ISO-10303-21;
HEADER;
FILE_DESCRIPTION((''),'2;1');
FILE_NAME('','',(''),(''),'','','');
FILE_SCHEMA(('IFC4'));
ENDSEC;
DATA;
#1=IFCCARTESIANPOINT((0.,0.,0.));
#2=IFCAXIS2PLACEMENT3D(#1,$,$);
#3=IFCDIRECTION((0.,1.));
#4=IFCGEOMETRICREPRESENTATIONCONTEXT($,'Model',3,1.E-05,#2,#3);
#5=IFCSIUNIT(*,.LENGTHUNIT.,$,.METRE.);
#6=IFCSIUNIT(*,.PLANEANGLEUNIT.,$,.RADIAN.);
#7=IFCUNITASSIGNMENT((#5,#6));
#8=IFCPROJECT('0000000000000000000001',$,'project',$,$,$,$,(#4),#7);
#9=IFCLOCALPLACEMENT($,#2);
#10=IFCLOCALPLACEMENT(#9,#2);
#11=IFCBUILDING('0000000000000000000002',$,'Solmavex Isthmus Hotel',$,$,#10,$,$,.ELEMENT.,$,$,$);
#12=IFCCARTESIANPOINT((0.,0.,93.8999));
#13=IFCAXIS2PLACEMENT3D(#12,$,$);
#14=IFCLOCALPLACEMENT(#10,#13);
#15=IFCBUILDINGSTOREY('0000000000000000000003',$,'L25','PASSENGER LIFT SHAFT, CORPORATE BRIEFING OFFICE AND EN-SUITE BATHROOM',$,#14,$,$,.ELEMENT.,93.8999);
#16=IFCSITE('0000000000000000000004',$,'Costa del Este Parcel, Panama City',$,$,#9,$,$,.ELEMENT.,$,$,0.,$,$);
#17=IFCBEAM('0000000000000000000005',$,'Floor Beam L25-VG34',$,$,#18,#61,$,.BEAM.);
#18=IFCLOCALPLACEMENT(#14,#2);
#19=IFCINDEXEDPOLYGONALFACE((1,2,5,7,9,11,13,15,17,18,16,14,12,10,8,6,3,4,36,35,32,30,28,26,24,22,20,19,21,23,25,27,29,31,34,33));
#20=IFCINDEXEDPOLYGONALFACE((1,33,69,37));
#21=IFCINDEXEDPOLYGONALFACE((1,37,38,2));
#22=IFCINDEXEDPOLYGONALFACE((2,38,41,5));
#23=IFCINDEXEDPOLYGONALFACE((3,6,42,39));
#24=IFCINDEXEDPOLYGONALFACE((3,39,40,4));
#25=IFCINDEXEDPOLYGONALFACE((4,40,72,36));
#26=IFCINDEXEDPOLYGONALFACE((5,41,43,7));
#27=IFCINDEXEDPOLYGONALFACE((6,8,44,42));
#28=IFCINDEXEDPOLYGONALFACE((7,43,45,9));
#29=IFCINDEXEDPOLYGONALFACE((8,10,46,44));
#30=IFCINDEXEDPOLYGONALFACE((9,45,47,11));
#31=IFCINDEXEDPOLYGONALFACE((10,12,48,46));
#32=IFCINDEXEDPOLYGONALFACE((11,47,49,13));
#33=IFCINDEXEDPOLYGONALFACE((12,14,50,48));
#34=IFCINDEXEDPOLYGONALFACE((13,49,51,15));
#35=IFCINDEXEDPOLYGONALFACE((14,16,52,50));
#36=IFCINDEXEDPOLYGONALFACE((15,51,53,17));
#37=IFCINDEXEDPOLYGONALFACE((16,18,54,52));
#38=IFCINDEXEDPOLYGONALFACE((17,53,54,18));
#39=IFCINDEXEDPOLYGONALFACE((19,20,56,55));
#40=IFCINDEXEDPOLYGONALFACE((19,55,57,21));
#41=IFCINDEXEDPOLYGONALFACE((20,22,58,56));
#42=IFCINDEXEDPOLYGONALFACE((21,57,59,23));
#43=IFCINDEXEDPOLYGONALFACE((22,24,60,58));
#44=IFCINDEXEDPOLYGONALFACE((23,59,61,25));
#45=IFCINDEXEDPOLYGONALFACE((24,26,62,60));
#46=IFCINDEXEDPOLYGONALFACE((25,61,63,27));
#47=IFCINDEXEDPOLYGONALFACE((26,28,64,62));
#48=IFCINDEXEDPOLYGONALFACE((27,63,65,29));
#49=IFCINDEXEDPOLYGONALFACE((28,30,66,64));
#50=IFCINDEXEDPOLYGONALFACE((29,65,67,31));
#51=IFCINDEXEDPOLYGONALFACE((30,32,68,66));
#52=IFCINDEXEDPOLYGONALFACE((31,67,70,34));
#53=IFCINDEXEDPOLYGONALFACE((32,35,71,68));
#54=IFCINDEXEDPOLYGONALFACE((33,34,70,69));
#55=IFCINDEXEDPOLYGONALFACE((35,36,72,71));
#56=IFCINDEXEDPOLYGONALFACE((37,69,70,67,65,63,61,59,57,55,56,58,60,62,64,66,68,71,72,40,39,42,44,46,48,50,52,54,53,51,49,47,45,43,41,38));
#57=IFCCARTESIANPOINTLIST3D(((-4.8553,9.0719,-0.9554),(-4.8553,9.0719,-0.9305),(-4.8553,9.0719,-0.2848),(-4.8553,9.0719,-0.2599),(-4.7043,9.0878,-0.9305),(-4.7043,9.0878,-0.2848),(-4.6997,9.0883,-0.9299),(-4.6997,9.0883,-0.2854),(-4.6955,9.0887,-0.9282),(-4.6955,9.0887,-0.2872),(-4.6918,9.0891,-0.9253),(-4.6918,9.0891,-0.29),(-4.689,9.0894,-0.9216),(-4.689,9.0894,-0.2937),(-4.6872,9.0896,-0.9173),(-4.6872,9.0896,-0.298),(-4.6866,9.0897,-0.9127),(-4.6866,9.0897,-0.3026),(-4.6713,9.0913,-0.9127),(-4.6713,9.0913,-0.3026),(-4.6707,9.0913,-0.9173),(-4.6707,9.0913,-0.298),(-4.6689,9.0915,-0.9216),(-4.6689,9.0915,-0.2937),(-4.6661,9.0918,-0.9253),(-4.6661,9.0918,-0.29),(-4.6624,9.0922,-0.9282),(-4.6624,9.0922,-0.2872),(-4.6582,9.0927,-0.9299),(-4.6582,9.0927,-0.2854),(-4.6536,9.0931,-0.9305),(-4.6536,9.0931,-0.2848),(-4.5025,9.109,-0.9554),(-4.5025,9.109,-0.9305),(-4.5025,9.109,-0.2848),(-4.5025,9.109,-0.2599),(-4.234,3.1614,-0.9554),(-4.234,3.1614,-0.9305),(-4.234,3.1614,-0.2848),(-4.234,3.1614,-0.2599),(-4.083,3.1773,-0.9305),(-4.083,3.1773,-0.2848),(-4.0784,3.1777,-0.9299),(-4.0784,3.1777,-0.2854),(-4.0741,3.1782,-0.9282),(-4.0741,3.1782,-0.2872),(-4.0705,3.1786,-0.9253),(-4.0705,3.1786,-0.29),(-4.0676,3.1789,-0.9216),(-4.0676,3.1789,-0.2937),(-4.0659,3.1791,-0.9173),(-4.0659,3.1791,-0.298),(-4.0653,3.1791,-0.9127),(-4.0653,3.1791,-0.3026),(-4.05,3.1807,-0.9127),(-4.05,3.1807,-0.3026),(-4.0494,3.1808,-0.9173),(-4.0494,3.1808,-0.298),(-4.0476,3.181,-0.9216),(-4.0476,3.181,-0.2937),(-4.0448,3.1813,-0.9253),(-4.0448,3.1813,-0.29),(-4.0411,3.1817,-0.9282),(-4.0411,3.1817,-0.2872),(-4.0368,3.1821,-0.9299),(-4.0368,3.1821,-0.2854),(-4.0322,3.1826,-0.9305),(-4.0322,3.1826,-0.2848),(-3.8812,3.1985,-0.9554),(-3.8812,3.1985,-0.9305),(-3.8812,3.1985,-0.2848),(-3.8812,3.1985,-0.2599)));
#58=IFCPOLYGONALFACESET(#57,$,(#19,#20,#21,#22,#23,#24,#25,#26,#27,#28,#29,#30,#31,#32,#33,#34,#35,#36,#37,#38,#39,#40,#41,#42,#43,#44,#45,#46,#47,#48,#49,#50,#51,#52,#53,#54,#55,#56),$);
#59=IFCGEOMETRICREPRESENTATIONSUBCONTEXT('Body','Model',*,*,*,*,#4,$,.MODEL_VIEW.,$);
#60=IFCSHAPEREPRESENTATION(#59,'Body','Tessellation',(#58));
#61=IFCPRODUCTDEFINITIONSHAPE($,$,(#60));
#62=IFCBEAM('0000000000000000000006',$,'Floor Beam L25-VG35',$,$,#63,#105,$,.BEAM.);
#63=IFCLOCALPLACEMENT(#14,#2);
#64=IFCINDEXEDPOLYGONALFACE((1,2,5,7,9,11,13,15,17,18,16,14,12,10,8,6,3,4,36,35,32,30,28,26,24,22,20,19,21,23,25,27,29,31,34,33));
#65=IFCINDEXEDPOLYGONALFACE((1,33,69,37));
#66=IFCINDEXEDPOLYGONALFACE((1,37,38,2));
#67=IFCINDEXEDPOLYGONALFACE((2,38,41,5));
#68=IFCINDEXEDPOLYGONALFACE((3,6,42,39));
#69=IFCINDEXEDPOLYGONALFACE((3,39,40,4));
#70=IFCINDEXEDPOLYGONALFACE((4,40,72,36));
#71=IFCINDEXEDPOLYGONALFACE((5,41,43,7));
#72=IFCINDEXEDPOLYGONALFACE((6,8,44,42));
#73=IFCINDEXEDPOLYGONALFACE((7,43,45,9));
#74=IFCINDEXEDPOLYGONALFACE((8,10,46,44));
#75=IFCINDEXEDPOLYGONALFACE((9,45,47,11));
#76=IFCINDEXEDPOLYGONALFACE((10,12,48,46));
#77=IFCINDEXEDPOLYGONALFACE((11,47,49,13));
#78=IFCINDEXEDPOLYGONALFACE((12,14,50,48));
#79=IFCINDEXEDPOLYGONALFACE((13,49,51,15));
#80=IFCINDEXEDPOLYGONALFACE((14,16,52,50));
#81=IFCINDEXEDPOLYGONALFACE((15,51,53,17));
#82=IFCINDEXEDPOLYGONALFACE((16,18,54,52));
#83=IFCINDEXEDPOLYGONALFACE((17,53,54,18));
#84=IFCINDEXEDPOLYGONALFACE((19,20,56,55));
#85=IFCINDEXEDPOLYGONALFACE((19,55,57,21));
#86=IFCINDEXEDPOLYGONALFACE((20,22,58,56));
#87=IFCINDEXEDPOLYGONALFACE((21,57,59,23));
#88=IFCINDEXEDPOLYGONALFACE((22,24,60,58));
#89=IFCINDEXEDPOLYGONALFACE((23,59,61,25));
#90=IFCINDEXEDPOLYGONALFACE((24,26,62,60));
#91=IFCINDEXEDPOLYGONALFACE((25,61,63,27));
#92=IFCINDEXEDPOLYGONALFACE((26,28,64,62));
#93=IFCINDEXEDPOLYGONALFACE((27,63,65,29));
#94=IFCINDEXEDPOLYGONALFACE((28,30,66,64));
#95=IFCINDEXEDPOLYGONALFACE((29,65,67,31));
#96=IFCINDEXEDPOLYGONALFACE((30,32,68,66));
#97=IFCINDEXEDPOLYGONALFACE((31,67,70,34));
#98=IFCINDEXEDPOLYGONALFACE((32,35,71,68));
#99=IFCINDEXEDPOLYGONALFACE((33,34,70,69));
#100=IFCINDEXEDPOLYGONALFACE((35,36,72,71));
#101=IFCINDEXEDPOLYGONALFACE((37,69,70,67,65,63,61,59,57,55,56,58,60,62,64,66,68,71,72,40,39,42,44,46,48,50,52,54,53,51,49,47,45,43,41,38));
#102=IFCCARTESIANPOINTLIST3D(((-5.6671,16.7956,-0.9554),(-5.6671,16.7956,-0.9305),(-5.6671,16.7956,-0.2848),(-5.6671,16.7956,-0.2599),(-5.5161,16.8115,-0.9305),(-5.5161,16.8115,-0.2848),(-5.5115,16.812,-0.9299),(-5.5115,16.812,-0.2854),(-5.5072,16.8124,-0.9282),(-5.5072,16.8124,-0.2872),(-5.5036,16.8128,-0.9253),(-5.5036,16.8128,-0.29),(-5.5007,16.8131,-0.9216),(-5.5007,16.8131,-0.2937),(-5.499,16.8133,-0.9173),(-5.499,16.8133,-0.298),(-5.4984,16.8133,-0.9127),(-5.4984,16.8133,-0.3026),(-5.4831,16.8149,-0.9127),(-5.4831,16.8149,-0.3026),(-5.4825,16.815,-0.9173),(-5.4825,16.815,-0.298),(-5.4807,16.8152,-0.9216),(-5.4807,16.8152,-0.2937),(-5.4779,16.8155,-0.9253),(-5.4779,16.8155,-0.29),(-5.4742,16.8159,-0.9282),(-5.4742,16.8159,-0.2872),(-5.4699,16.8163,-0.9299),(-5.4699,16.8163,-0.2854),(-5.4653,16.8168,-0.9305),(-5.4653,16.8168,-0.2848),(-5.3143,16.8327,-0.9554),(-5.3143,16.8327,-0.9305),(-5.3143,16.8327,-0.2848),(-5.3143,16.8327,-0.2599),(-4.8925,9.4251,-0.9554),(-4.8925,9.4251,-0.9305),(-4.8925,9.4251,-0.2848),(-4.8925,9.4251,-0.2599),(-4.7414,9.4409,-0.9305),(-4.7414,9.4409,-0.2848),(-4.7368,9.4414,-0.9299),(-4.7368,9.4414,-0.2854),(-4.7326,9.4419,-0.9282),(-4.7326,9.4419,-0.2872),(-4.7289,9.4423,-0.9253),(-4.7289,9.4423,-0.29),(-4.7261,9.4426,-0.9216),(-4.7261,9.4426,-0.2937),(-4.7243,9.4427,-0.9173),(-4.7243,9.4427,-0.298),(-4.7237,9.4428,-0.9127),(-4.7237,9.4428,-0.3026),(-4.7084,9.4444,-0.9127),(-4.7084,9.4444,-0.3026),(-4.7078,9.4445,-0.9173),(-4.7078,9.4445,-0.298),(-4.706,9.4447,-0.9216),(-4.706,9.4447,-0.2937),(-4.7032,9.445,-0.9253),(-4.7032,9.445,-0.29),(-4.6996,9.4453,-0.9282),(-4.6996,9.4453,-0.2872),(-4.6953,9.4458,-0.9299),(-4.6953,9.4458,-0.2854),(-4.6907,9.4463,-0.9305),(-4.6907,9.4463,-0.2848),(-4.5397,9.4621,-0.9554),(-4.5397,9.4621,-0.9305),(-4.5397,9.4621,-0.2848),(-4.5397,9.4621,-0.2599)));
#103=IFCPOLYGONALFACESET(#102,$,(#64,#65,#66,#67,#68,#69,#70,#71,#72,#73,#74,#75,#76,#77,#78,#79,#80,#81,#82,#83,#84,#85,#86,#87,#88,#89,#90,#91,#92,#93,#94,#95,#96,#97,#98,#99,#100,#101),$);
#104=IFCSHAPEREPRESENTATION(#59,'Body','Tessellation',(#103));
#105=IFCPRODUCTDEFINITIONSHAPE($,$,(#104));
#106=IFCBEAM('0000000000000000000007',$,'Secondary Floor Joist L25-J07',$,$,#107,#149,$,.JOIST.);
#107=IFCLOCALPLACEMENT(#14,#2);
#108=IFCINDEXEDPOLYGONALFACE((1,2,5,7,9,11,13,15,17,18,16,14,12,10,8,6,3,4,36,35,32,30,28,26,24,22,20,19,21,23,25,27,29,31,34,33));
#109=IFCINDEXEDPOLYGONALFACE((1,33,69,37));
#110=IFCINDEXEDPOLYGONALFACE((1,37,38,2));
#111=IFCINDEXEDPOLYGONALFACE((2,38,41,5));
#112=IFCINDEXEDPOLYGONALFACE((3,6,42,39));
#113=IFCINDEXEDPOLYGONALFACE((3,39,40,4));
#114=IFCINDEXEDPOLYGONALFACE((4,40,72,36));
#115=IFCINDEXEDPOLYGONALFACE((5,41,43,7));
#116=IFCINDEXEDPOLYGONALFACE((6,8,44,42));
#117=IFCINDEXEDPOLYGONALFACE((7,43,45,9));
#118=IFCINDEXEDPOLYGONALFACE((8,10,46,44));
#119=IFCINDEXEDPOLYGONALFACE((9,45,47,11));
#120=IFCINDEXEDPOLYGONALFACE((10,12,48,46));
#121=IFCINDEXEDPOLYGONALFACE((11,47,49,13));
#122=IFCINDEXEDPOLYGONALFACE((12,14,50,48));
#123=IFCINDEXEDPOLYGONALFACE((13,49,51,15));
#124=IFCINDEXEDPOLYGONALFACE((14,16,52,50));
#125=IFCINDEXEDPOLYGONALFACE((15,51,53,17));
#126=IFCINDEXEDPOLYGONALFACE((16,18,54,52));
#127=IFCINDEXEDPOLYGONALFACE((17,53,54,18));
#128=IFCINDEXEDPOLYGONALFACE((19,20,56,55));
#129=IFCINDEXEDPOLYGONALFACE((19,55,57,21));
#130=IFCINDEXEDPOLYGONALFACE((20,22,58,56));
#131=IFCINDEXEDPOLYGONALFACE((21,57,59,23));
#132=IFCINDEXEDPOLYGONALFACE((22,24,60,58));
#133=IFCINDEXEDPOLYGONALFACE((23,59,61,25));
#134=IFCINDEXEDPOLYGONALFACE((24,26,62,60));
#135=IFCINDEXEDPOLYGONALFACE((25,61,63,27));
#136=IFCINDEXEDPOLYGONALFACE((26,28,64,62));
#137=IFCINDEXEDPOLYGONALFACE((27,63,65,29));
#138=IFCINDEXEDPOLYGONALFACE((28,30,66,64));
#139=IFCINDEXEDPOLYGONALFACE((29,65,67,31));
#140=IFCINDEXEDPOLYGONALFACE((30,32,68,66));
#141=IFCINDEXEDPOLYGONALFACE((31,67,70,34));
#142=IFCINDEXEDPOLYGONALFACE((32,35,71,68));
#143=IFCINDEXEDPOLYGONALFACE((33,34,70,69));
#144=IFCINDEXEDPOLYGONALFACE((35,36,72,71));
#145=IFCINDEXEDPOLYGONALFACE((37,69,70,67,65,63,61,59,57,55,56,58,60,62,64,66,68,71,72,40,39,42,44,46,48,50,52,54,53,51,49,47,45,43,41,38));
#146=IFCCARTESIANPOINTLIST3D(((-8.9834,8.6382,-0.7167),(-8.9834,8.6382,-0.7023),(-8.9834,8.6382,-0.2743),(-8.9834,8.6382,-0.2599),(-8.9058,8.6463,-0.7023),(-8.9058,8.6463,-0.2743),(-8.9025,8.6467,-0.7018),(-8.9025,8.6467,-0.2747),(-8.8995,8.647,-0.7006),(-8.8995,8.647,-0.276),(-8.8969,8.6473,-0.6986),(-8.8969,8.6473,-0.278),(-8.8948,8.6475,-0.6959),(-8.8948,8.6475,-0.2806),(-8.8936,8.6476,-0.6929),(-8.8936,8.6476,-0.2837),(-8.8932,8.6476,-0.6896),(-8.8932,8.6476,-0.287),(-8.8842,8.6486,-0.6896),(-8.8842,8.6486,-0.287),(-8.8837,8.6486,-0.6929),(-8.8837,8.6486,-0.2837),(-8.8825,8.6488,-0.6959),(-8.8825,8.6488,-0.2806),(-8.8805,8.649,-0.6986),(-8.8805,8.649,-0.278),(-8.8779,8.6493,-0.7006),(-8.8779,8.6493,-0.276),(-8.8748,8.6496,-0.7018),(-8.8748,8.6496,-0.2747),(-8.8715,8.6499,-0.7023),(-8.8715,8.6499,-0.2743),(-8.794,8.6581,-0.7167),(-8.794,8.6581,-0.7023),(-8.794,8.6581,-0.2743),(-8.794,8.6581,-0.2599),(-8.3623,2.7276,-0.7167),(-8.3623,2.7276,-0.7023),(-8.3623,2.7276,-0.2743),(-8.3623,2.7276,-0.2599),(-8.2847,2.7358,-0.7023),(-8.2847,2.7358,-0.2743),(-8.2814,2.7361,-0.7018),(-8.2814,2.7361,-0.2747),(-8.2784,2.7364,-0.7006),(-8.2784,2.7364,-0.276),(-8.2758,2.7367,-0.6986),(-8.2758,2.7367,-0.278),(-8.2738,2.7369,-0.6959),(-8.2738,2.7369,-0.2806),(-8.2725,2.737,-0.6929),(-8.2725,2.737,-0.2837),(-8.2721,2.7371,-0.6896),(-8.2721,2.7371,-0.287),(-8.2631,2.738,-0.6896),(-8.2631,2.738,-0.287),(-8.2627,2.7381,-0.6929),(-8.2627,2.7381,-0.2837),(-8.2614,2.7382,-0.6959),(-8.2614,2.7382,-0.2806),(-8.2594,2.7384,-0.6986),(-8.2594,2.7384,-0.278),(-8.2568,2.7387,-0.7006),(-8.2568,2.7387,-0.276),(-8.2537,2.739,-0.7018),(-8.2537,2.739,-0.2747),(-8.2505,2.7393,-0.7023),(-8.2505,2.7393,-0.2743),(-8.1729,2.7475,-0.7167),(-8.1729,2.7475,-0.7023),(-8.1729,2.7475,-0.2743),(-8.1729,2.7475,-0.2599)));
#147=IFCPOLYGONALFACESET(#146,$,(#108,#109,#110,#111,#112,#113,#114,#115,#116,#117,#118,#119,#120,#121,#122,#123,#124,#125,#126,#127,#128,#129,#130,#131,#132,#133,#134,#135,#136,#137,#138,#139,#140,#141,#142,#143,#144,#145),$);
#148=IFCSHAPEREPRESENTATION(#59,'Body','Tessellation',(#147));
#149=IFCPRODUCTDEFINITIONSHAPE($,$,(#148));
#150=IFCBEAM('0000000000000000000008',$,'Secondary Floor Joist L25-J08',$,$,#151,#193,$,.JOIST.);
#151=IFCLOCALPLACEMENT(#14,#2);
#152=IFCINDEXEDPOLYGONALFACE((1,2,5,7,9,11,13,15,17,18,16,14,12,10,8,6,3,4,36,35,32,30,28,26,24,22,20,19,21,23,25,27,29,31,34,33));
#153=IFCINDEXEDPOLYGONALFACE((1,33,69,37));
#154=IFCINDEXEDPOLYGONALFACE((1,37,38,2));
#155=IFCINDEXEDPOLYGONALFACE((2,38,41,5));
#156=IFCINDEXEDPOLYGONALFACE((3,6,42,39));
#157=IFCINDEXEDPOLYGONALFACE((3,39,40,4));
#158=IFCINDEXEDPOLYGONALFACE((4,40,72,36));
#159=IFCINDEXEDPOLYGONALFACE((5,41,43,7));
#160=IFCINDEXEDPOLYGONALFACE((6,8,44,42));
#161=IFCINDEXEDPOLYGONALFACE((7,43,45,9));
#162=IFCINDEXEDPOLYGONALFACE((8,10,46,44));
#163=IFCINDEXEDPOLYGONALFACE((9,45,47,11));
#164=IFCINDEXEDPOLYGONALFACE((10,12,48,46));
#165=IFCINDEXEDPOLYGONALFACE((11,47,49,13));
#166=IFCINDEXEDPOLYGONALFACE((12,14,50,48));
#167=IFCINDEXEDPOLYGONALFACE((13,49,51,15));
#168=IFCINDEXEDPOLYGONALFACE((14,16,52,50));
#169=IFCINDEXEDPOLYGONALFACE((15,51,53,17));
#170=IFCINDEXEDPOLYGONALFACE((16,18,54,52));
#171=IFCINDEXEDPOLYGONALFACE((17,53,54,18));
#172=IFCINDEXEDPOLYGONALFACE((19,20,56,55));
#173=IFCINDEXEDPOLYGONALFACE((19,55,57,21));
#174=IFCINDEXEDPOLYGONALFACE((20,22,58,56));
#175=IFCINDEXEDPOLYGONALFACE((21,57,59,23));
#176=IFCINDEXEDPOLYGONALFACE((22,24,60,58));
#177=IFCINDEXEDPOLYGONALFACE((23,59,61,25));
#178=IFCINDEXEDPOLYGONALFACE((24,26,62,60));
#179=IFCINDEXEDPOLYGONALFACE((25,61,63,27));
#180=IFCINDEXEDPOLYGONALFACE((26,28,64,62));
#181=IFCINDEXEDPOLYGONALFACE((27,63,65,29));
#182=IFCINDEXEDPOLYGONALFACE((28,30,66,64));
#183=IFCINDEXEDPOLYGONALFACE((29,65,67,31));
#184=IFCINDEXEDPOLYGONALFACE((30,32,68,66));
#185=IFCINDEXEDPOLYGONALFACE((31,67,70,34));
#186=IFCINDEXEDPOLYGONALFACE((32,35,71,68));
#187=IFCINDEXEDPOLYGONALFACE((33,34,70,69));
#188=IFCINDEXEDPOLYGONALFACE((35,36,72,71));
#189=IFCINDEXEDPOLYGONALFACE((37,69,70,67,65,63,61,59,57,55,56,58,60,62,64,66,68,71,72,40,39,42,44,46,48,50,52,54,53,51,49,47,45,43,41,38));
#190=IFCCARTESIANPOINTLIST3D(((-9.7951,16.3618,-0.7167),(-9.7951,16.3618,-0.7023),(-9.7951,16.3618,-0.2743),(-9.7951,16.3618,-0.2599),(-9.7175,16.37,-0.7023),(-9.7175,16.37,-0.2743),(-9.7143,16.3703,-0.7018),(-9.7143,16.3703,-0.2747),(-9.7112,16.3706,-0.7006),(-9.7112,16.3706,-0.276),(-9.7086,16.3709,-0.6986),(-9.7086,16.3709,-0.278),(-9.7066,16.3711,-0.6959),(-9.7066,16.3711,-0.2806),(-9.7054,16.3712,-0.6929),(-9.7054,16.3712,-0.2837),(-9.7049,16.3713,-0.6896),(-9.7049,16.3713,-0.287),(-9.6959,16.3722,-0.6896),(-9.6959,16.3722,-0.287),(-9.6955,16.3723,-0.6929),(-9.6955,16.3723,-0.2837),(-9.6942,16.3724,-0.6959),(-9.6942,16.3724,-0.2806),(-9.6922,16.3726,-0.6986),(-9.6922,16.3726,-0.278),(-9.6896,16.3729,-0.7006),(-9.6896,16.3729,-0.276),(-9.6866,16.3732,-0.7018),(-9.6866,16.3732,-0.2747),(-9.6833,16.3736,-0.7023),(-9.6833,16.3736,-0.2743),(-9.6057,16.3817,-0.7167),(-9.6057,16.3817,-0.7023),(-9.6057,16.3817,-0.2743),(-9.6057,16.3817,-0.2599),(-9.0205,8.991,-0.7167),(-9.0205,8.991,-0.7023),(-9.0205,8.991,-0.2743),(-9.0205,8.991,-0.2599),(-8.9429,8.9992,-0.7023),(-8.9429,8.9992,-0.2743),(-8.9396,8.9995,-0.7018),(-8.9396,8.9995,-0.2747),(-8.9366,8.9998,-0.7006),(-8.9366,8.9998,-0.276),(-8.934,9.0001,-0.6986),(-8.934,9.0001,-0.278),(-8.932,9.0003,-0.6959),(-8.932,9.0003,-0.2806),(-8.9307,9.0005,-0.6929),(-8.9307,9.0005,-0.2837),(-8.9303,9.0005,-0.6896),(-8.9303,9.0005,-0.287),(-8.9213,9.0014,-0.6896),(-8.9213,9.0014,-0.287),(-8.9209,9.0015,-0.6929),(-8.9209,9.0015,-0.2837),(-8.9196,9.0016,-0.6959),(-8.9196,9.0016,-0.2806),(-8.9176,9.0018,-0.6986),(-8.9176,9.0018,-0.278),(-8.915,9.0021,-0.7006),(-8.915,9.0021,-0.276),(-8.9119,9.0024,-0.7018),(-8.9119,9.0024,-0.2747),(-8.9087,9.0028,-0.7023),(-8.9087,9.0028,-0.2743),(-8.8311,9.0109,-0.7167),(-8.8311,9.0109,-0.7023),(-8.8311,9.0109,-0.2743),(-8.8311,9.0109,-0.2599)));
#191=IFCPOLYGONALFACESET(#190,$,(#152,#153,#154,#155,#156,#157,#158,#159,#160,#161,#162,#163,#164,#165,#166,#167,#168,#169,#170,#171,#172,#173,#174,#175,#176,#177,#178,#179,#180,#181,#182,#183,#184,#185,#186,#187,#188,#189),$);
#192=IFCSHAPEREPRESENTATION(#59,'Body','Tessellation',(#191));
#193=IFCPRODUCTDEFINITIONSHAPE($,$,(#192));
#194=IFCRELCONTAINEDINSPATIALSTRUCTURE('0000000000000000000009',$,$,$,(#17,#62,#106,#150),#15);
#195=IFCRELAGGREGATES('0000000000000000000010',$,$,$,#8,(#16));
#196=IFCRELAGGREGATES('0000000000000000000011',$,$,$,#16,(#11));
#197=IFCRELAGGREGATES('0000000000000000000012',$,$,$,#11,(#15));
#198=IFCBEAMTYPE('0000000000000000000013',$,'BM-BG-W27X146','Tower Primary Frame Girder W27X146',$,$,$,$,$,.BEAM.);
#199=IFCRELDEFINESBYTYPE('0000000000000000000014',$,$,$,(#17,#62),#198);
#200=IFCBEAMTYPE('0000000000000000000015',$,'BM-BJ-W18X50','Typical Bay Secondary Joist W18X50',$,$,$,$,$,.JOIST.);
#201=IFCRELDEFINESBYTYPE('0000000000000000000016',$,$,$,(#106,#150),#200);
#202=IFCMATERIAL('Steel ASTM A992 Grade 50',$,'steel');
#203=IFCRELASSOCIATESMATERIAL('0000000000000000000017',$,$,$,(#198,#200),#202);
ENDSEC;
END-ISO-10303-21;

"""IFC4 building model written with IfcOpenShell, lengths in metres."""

from ifc_helpers import new_model, si_unit, direction, frame, origin, origin_2d, place, context, subcontext, project, spatial, i_section, extrude, material, material_profile, profile_set, type_object, element, save


model = new_model("IFC4")

# Units and contexts
model_context = context("Model", 3, precision=1e-05, world=origin(), true_north=direction((0.0, 1.0)))
body_context = subcontext(model_context, "Body", "Model", "MODEL_VIEW")
ifc_project = project(units=[si_unit("LENGTHUNIT", "METRE"), si_unit("PLANEANGLEUNIT", "RADIAN")], contexts=[model_context])

# Site, building, storey
site_placement = place(None, origin())
site = spatial("IfcSite", under=ifc_project, at=site_placement, Name="Costa del Este Parcel, Panama City", CompositionType="ELEMENT", RefElevation=0.0)
building_placement = place(site_placement, origin())
building = spatial("IfcBuilding", under=site, at=building_placement, Name="Solmavex Isthmus Hotel", CompositionType="ELEMENT")
storey_placement = place(building_placement, frame((0.0, 0.0, 93.8999)))
storey = spatial("IfcBuildingStorey", under=building, at=storey_placement, Name="L25", Description="PASSENGER LIFT SHAFT, CORPORATE BRIEFING OFFICE AND EN-SUITE BATHROOM", CompositionType="ELEMENT", Elevation=93.8999)

# Beams
ifc_material_1 = material(Name="Steel ASTM A992 Grade 50", Category="steel")
ifc_material_profile_1 = material_profile(ifc_material_1, i_section(OverallWidth=0.3547, OverallDepth=0.6956, WebThickness=0.0154, FlangeThickness=0.0249, FilletRadius=0.0178, at=origin_2d()), Name="W27X146")
ifc_profile_set_1 = profile_set([ifc_material_profile_1], Name="Steel ASTM A992 Grade 50")
beam_type_1 = type_object("IfcBeamType", Name="BM-BG-W27X146", Description="Tower Primary Frame Girder W27X146", PredefinedType="BEAM", material=ifc_profile_set_1)
for number, where, z_axis, x_axis, name in (
    (1, (-4.0576, 3.1799, -0.6077), (-0.104546, 0.99452, 0.0), (-0.99452, -0.104546, 0.0), "Floor Beam L25-VG34"),
):
    element("IfcBeam", number, at=place(storey_placement, frame(where, z_axis=z_axis, x_axis=x_axis)), inside=storey, type_object=beam_type_1, Name=name, PredefinedType="BEAM", context=body_context, shape_type="SweptSolid", body=[
        extrude(i_section(OverallWidth=0.3547, OverallDepth=0.6956, WebThickness=0.0154, FlangeThickness=0.0249, FilletRadius=0.0178, at=origin_2d()), origin(), (0.0, 0.0, 1.0), 5.9431),
    ])
beam_1_placement = place(storey_placement, frame((-4.7161, 9.4436, -0.6077), z_axis=(-0.104525, 0.994522, 0.0), x_axis=(-0.994522, -0.104525, 0.0)))
element("IfcBeam", 2, at=beam_1_placement, inside=storey, type_object=beam_type_1, Name="Floor Beam L25-VG35", PredefinedType="BEAM", context=body_context, shape_type="SweptSolid", body=[
    extrude(i_section(OverallWidth=0.3547, OverallDepth=0.6956, WebThickness=0.0154, FlangeThickness=0.0249, FilletRadius=0.0178, at=origin_2d()), origin(), (0.0, 0.0, 1.0), 7.4111),
])
ifc_material_profile_2 = material_profile(ifc_material_1, i_section(OverallWidth=0.1904, OverallDepth=0.4568, WebThickness=0.009, FlangeThickness=0.0144, FilletRadius=0.0127, at=origin_2d()), Name="W18X50")
ifc_profile_set_2 = profile_set([ifc_material_profile_2], Name="Steel ASTM A992 Grade 50")
beam_type_2 = type_object("IfcBeamType", Name="BM-BJ-W18X50", Description="Typical Bay Secondary Joist W18X50", PredefinedType="JOIST", material=ifc_profile_set_2)
beam_2_placement = place(storey_placement, frame((-8.2676, 2.7375, -0.4883), z_axis=(-0.104505, 0.994524, 0.0), x_axis=(-0.994524, -0.104505, 0.0)))
element("IfcBeam", 3, at=beam_2_placement, inside=storey, type_object=beam_type_2, Name="Secondary Floor Joist L25-J07", PredefinedType="JOIST", context=body_context, shape_type="SweptSolid", body=[
    extrude(i_section(OverallWidth=0.1904, OverallDepth=0.4568, WebThickness=0.009, FlangeThickness=0.0144, FilletRadius=0.0127, at=origin_2d()), origin(), (0.0, 0.0, 1.0), 5.9431),
])
beam_3_placement = place(storey_placement, frame((-8.9258, 9.001, -0.4883), z_axis=(-0.104522, 0.994523, 0.0), x_axis=(-0.994523, -0.104522, 0.0)))
element("IfcBeam", 4, at=beam_3_placement, inside=storey, type_object=beam_type_2, Name="Secondary Floor Joist L25-J08", PredefinedType="JOIST", context=body_context, shape_type="SweptSolid", body=[
    extrude(i_section(OverallWidth=0.1904, OverallDepth=0.4568, WebThickness=0.009, FlangeThickness=0.0144, FilletRadius=0.0127, at=origin_2d()), origin(), (0.0, 0.0, 1.0), 7.4114),
])

save(model, "model.ifc")
